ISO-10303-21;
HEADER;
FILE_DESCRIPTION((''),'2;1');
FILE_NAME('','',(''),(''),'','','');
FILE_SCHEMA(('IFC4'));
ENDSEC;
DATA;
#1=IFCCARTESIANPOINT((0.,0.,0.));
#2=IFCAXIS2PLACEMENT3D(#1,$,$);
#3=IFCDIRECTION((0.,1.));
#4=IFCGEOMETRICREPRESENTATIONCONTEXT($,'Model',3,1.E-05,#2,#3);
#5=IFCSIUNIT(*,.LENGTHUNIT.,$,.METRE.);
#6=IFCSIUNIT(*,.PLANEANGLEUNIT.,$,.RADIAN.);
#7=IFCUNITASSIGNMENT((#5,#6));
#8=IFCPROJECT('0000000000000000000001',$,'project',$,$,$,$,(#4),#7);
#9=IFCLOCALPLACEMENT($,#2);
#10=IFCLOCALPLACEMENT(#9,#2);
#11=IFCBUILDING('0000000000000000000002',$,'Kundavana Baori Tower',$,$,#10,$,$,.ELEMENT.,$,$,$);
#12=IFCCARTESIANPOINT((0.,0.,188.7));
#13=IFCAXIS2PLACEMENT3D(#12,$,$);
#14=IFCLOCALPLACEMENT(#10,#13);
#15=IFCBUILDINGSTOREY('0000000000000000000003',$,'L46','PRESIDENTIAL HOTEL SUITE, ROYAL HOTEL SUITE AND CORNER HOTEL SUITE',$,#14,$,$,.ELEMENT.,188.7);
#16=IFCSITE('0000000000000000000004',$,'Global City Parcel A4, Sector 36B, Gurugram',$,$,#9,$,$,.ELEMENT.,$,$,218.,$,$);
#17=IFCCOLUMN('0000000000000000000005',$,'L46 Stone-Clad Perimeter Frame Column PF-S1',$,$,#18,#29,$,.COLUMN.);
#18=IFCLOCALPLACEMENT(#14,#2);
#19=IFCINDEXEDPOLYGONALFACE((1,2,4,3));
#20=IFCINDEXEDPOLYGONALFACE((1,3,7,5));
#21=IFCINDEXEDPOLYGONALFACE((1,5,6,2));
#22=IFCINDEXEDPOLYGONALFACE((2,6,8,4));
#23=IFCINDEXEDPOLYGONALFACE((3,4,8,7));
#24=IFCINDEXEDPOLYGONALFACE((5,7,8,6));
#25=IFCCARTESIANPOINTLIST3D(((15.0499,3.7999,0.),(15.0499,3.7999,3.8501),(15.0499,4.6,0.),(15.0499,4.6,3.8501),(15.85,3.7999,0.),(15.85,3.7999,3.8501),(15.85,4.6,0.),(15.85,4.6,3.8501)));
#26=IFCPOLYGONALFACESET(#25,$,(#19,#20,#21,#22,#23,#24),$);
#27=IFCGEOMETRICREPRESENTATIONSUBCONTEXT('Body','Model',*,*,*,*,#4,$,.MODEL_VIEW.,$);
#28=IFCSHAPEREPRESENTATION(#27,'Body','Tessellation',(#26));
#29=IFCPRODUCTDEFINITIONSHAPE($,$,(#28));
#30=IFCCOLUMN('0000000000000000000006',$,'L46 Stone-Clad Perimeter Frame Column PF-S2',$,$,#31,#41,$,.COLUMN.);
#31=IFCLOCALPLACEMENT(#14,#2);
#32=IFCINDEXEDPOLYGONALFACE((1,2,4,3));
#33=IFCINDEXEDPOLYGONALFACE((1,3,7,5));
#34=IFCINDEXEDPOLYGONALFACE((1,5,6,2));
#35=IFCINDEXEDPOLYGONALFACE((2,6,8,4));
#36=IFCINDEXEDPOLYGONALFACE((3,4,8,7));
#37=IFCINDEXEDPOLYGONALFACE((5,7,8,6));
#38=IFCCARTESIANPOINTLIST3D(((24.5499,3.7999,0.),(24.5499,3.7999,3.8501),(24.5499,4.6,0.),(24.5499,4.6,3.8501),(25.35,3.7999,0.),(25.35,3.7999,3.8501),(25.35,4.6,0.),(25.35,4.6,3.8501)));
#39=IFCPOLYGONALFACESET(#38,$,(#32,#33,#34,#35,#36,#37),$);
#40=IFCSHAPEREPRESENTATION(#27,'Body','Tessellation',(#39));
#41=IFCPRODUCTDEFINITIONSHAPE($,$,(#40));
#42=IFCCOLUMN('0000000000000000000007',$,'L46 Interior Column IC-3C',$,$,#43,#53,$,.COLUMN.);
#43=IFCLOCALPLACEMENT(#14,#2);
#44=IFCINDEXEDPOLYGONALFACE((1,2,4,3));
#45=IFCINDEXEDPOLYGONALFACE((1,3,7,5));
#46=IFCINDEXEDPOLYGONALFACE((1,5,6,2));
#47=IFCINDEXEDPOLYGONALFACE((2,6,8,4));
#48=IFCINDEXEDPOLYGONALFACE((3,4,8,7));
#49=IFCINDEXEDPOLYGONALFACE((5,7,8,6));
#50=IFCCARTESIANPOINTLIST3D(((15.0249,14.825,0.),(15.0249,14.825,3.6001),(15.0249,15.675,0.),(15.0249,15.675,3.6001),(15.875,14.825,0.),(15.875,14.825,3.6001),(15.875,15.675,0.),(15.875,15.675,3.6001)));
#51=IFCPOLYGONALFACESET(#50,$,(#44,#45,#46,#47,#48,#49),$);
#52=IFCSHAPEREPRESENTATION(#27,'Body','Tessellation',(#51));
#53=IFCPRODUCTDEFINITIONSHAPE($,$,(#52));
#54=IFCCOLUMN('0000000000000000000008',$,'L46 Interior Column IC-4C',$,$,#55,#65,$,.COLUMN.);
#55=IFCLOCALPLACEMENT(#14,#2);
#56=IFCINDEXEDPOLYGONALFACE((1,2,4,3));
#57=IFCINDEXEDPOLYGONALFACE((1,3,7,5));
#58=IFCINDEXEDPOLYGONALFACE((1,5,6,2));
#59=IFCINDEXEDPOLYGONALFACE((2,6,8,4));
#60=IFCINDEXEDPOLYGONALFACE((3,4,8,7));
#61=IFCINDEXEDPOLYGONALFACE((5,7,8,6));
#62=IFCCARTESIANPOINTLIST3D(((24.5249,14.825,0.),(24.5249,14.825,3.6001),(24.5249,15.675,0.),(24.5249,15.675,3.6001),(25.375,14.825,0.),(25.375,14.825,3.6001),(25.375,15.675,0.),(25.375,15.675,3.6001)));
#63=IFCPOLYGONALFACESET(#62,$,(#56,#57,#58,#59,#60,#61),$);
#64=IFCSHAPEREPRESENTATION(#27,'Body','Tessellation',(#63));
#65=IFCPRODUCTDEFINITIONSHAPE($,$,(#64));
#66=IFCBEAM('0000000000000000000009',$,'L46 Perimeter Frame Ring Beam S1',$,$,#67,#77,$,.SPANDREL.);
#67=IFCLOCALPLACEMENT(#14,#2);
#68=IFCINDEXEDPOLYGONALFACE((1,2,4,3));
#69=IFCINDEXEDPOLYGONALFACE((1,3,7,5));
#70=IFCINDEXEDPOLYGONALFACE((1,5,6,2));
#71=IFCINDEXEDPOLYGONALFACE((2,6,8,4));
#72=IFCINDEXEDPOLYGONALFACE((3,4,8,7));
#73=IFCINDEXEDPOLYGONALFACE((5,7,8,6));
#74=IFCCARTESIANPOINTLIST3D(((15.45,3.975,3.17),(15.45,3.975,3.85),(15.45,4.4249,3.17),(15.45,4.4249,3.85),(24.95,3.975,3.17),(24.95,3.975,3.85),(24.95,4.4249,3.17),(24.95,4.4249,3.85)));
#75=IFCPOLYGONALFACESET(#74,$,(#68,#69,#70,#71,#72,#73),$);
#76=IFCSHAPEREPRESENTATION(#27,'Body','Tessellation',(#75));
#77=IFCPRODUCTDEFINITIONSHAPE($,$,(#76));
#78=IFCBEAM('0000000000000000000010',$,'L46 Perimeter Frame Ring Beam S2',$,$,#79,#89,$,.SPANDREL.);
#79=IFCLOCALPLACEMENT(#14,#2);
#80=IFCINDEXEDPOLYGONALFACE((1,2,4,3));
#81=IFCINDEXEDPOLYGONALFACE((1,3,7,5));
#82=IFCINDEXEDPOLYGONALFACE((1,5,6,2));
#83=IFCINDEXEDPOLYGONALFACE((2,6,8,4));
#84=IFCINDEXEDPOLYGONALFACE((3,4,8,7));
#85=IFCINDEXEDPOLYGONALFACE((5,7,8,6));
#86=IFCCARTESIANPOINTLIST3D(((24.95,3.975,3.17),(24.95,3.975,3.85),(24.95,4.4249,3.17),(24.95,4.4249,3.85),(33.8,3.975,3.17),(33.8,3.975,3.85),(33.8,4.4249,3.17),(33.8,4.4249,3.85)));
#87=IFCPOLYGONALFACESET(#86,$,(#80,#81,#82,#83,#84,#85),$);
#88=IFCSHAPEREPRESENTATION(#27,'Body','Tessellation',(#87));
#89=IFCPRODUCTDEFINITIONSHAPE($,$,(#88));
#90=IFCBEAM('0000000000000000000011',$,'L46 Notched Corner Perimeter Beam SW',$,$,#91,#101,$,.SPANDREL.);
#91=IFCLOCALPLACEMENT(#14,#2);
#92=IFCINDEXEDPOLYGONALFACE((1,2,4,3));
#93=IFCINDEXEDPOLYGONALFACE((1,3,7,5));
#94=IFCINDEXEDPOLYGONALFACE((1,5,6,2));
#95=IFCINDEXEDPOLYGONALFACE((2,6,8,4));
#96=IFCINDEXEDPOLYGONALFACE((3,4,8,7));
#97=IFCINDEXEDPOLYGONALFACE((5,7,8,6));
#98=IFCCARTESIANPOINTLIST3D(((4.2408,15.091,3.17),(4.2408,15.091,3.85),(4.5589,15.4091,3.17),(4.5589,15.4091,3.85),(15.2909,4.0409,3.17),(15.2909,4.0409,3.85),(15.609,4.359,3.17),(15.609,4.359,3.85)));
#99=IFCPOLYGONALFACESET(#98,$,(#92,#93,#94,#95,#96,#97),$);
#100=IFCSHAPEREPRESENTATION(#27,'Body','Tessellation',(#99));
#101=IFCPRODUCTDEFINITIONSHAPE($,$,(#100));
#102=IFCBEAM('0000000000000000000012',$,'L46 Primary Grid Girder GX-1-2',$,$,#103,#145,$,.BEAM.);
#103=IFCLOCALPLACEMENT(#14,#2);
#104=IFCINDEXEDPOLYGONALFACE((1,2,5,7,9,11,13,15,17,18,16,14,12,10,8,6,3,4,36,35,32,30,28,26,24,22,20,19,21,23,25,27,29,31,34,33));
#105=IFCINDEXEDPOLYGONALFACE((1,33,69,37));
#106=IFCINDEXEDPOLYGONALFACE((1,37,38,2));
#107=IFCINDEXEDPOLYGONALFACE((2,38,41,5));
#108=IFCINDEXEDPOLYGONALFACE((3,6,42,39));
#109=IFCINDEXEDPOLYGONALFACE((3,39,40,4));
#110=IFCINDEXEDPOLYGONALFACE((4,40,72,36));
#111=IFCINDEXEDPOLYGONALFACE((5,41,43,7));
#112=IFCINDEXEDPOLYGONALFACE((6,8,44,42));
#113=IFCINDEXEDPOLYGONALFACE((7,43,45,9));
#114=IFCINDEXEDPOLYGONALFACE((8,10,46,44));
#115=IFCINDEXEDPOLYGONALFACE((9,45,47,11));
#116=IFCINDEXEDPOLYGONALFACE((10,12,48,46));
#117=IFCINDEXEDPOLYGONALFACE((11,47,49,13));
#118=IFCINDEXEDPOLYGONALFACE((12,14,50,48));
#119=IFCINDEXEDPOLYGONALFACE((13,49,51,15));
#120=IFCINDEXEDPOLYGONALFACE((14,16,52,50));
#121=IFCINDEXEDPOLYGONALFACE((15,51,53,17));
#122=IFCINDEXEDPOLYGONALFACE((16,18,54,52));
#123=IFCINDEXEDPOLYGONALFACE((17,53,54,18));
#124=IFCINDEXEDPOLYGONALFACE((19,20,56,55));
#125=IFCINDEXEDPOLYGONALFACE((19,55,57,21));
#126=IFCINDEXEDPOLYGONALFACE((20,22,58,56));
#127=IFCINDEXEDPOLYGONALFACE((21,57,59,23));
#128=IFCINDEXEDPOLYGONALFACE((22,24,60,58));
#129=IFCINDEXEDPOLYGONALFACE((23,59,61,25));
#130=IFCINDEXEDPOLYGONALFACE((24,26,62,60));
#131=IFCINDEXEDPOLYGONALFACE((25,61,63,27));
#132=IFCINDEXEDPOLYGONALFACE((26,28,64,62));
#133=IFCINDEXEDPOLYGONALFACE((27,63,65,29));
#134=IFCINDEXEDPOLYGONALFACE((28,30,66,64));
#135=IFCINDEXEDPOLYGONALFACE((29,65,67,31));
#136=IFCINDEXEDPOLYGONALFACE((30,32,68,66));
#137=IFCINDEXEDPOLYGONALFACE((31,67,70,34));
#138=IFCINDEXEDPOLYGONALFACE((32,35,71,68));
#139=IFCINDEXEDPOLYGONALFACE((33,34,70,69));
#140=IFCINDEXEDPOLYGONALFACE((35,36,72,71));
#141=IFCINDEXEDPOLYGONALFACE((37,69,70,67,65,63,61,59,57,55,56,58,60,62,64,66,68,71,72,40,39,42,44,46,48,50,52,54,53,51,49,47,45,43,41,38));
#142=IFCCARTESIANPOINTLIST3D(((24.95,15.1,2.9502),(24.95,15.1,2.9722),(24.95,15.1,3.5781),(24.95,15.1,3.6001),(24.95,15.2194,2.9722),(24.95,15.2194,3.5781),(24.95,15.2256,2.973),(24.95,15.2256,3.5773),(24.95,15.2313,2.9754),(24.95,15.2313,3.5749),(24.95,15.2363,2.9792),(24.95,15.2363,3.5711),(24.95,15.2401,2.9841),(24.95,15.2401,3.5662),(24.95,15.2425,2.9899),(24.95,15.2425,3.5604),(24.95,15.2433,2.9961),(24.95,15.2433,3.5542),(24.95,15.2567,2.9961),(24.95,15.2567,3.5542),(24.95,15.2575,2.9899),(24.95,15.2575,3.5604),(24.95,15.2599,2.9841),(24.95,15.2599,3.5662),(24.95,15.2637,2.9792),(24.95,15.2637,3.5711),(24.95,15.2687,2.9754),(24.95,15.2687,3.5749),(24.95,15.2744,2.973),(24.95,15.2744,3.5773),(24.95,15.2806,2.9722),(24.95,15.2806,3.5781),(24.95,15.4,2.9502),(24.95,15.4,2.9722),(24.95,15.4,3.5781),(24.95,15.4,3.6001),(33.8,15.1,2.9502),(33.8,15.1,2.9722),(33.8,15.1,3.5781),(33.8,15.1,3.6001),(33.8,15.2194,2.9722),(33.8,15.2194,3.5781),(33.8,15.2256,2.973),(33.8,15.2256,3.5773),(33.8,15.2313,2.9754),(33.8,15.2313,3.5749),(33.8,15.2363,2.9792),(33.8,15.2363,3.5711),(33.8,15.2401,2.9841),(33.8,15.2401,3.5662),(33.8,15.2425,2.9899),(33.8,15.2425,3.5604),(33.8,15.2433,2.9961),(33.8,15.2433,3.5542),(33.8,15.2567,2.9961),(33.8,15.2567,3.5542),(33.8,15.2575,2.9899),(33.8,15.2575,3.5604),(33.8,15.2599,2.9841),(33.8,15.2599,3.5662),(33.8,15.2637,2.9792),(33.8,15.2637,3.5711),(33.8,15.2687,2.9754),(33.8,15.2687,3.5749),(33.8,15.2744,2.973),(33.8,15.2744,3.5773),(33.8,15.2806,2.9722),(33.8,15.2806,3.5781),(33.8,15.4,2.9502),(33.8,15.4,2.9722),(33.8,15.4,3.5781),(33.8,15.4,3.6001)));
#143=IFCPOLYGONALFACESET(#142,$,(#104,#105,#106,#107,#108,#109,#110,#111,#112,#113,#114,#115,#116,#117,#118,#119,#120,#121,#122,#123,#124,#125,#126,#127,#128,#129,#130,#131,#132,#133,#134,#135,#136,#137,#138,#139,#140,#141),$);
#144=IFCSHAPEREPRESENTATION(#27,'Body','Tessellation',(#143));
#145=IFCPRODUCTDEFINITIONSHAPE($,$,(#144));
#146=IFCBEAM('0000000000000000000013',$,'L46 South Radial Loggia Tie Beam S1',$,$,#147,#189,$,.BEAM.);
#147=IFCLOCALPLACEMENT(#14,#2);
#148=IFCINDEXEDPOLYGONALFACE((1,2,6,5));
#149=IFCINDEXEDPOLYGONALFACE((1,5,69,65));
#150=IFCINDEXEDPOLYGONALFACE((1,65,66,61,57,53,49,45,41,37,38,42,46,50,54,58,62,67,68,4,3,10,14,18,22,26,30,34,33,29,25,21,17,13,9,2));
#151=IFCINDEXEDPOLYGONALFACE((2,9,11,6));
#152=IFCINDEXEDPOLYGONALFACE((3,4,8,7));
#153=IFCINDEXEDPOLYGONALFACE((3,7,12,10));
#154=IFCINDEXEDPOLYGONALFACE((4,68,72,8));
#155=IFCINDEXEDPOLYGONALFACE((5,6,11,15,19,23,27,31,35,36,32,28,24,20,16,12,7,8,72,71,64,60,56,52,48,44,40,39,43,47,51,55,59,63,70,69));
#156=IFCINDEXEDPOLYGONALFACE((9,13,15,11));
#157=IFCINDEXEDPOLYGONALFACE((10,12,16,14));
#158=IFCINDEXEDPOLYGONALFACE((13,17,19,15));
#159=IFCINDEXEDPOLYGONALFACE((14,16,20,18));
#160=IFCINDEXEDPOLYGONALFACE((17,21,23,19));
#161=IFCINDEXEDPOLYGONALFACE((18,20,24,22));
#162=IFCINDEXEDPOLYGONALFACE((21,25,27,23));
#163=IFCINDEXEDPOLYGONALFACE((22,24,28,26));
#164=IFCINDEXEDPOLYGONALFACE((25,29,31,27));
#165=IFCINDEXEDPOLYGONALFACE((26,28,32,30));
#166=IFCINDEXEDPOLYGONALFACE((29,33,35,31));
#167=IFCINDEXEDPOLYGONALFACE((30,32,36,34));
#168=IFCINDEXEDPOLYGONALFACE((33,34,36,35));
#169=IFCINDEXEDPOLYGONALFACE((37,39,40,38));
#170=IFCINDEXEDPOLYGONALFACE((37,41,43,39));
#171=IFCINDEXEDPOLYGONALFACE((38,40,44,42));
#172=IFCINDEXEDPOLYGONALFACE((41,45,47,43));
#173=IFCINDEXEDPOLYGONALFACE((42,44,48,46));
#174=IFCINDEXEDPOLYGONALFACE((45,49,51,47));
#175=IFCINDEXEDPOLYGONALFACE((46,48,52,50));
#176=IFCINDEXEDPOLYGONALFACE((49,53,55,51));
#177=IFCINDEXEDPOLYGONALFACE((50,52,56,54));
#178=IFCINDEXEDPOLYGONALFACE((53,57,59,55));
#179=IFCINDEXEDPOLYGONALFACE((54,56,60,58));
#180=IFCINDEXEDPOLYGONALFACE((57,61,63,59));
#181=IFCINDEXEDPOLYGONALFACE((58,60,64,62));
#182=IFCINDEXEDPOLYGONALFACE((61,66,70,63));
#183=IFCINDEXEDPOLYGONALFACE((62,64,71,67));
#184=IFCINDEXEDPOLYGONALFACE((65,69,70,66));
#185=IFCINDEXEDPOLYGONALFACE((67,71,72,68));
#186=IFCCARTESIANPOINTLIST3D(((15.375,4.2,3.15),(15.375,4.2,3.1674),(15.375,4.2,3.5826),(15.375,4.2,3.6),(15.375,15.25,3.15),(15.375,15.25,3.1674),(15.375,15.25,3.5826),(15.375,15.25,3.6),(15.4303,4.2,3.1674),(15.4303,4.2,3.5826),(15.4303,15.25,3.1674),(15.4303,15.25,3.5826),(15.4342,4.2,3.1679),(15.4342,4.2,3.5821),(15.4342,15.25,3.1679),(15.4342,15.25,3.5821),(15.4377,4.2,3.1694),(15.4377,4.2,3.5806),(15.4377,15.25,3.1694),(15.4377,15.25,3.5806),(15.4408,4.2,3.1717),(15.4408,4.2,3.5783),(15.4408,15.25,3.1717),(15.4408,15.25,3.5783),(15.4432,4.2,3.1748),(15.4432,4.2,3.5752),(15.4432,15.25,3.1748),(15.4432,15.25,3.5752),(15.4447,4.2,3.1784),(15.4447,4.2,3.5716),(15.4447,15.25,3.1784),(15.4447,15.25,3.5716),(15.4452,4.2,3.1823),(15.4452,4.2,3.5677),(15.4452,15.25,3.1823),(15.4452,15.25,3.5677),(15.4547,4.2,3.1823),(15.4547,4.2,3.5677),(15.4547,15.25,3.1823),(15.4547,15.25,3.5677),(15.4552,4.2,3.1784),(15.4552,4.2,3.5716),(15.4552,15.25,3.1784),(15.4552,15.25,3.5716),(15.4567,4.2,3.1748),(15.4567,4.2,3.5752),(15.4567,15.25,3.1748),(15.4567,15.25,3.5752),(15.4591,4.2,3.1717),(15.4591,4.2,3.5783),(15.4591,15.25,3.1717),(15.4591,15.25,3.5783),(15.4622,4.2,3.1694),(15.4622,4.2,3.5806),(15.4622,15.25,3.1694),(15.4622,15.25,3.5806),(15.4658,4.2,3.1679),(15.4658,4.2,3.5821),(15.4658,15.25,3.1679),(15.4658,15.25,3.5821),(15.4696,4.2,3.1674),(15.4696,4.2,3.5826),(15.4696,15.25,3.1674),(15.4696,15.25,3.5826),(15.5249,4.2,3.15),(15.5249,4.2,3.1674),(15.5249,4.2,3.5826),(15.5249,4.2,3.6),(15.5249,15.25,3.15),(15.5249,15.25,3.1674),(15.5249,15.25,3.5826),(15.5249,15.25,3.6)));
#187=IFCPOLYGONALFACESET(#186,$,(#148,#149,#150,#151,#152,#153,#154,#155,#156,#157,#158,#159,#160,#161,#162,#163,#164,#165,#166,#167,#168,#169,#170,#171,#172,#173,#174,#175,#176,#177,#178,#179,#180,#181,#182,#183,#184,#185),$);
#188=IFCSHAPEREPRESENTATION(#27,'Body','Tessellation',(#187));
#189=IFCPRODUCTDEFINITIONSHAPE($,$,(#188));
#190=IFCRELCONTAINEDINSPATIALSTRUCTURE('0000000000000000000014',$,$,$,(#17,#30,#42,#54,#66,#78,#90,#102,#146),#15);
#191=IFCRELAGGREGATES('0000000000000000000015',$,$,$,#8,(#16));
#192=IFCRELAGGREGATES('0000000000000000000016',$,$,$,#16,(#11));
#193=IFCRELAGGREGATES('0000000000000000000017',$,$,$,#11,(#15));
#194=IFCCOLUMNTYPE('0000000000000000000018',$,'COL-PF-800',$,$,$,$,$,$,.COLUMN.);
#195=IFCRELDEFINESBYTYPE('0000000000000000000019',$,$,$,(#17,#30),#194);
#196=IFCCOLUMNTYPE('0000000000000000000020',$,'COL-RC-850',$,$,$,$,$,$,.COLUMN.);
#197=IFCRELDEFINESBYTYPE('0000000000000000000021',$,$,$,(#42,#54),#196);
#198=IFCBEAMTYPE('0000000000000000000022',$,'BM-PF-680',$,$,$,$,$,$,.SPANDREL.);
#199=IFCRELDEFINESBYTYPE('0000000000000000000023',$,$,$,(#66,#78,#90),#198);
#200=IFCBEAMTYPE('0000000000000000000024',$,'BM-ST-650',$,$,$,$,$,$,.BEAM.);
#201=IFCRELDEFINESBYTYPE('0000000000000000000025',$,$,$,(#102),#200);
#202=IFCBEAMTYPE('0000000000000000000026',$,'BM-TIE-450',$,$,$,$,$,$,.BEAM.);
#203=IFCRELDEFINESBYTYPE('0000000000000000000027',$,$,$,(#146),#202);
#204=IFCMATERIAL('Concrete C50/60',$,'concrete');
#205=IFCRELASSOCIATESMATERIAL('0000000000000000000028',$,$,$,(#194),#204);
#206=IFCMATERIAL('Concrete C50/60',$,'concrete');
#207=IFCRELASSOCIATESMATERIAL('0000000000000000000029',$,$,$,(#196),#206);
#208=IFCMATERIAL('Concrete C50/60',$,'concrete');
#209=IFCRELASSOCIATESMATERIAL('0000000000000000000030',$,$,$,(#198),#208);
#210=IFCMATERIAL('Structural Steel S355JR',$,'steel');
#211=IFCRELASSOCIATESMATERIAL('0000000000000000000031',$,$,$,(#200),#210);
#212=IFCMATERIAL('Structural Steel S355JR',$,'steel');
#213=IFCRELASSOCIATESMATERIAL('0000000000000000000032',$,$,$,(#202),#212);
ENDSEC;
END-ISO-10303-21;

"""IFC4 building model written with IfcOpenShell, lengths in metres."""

from ifc_helpers import new_model, si_unit, direction, frame, origin, origin_2d, place, context, subcontext, project, spatial, rectangle, i_section, extrude, material, material_profile, profile_set, type_object, element, save


model = new_model("IFC4")

# Units and contexts
model_context = context("Model", 3, precision=1e-05, world=origin(), true_north=direction((0.0, 1.0)))
body_context = subcontext(model_context, "Body", "Model", "MODEL_VIEW")
ifc_project = project(units=[si_unit("LENGTHUNIT", "METRE"), si_unit("PLANEANGLEUNIT", "RADIAN")], contexts=[model_context])

# Site, building, storey
site_placement = place(None, origin())
site = spatial("IfcSite", under=ifc_project, at=site_placement, Name="Global City Parcel A4, Sector 36B, Gurugram", CompositionType="ELEMENT", RefElevation=218.0)
building_placement = place(site_placement, origin())
building = spatial("IfcBuilding", under=site, at=building_placement, Name="Kundavana Baori Tower", CompositionType="ELEMENT")
storey_placement = place(building_placement, frame((0.0, 0.0, 188.7)))
storey = spatial("IfcBuildingStorey", under=building, at=storey_placement, Name="L46", Description="PRESIDENTIAL HOTEL SUITE, ROYAL HOTEL SUITE AND CORNER HOTEL SUITE", CompositionType="ELEMENT", Elevation=188.7)

# Columns
ifc_material_1 = material(Name="Concrete C50/60", Category="concrete")
ifc_material_profile_1 = material_profile(ifc_material_1, rectangle(XDim=0.8, YDim=0.8, at=origin_2d()), Name="RC PF 800x800")
ifc_profile_set_1 = profile_set([ifc_material_profile_1], Name="Concrete C50/60")
column_type_1 = type_object("IfcColumnType", Name="COL-PF-800", PredefinedType="COLUMN", material=ifc_profile_set_1)
for number, where, z_axis, x_axis, name in (
    (1, (15.45, 4.2, 0.0), (0.0, 0.0, 1.0), (1.0, 0.0, 0.0), "L46 Stone-Clad Perimeter Frame Column PF-S1"),
    (2, (24.95, 4.2, 0.0), (0.0, 0.0, 1.0), (1.0, 0.0, 0.0), "L46 Stone-Clad Perimeter Frame Column PF-S2"),
):
    element("IfcColumn", number, at=place(storey_placement, frame(where, z_axis=z_axis, x_axis=x_axis)), inside=storey, type_object=column_type_1, Name=name, PredefinedType="COLUMN", context=body_context, shape_type="SweptSolid", body=[
        extrude(rectangle(XDim=0.8, YDim=0.8, at=origin_2d()), origin(), (0.0, 0.0, 1.0), 3.8501),
    ])
ifc_material_2 = material(Name="Concrete C50/60", Category="concrete")
ifc_material_profile_2 = material_profile(ifc_material_2, rectangle(XDim=0.8501, YDim=0.8501, at=origin_2d()), Name="RC 850x850")
ifc_profile_set_2 = profile_set([ifc_material_profile_2], Name="Concrete C50/60")
column_type_2 = type_object("IfcColumnType", Name="COL-RC-850", PredefinedType="COLUMN", material=ifc_profile_set_2)
for number, where, z_axis, x_axis, name in (
    (3, (15.45, 15.25, 0.0), (0.0, 0.0, 1.0), (1.0, 0.0, 0.0), "L46 Interior Column IC-3C"),
    (4, (24.95, 15.25, 0.0), (0.0, 0.0, 1.0), (1.0, 0.0, 0.0), "L46 Interior Column IC-4C"),
):
    element("IfcColumn", number, at=place(storey_placement, frame(where, z_axis=z_axis, x_axis=x_axis)), inside=storey, type_object=column_type_2, Name=name, PredefinedType="COLUMN", context=body_context, shape_type="SweptSolid", body=[
        extrude(rectangle(XDim=0.8501, YDim=0.8501, at=origin_2d()), origin(), (0.0, 0.0, 1.0), 3.6001),
    ])

# Beams
ifc_material_3 = material(Name="Concrete C50/60", Category="concrete")
ifc_material_profile_3 = material_profile(ifc_material_3, rectangle(XDim=0.45, YDim=0.6799, at=origin_2d()), Name="RC BM 450x680")
ifc_profile_set_3 = profile_set([ifc_material_profile_3], Name="Concrete C50/60")
beam_type_1 = type_object("IfcBeamType", Name="BM-PF-680", PredefinedType="SPANDREL", material=ifc_profile_set_3)
beam_1_placement = place(storey_placement, frame((15.45, 4.2, 3.51), z_axis=(1.0, 0.0, 0.0), x_axis=(0.0, 1.0, 0.0)))
element("IfcBeam", 5, at=beam_1_placement, inside=storey, type_object=beam_type_1, Name="L46 Perimeter Frame Ring Beam S1", PredefinedType="SPANDREL", context=body_context, shape_type="SweptSolid", body=[
    extrude(rectangle(XDim=0.45, YDim=0.6799, at=origin_2d()), origin(), (0.0, 0.0, 1.0), 9.5),
])
beam_2_placement = place(storey_placement, frame((24.95, 4.2, 3.51), z_axis=(1.0, 0.0, 0.0), x_axis=(0.0, 1.0, 0.0)))
element("IfcBeam", 6, at=beam_2_placement, inside=storey, type_object=beam_type_1, Name="L46 Perimeter Frame Ring Beam S2", PredefinedType="SPANDREL", context=body_context, shape_type="SweptSolid", body=[
    extrude(rectangle(XDim=0.45, YDim=0.6799, at=origin_2d()), origin(), (0.0, 0.0, 1.0), 8.8501),
])
beam_3_placement = place(storey_placement, frame((15.45, 4.2, 3.51), z_axis=(-0.707107, 0.707107, 0.0), x_axis=(-0.707107, -0.707107, 0.0)))
element("IfcBeam", 7, at=beam_3_placement, inside=storey, type_object=beam_type_1, Name="L46 Notched Corner Perimeter Beam SW", PredefinedType="SPANDREL", context=body_context, shape_type="SweptSolid", body=[
    extrude(rectangle(XDim=0.45, YDim=0.6799, at=origin_2d()), origin(), (0.0, 0.0, 1.0), 15.6272),
])
ifc_material_4 = material(Name="Structural Steel S355JR", Category="steel")
ifc_material_profile_4 = material_profile(ifc_material_4, i_section(OverallWidth=0.3, OverallDepth=0.6499, WebThickness=0.0134, FlangeThickness=0.022, FilletRadius=0.0239, at=origin_2d()), Name="NPB 650x300x155")
ifc_profile_set_4 = profile_set([ifc_material_profile_4], Name="Structural Steel S355JR")
beam_type_2 = type_object("IfcBeamType", Name="BM-ST-650", PredefinedType="BEAM", material=ifc_profile_set_4)
beam_4_placement = place(storey_placement, frame((24.95, 15.25, 3.2751), z_axis=(1.0, 0.0, 0.0), x_axis=(0.0, 1.0, 0.0)))
element("IfcBeam", 8, at=beam_4_placement, inside=storey, type_object=beam_type_2, Name="L46 Primary Grid Girder GX-1-2", PredefinedType="BEAM", context=body_context, shape_type="SweptSolid", body=[
    extrude(i_section(OverallWidth=0.3, OverallDepth=0.6499, WebThickness=0.0134, FlangeThickness=0.022, FilletRadius=0.0239, at=origin_2d()), origin(), (0.0, 0.0, 1.0), 8.8501),
])
ifc_material_5 = material(Name="Structural Steel S355JR", Category="steel")
ifc_material_profile_5 = material_profile(ifc_material_5, i_section(OverallWidth=0.1499, OverallDepth=0.45, WebThickness=0.0095, FlangeThickness=0.0173, FilletRadius=0.0149, at=origin_2d()), Name="ISMB 450")
ifc_profile_set_5 = profile_set([ifc_material_profile_5], Name="Structural Steel S355JR")
beam_type_3 = type_object("IfcBeamType", Name="BM-TIE-450", PredefinedType="BEAM", material=ifc_profile_set_5)
for number, where, z_axis, x_axis, name in (
    (9, (15.45, 15.25, 3.375), (0.0, -1.0, 0.0), (1.0, 0.0, 0.0), "L46 South Radial Loggia Tie Beam S1"),
):
    element("IfcBeam", number, at=place(storey_placement, frame(where, z_axis=z_axis, x_axis=x_axis)), inside=storey, type_object=beam_type_3, Name=name, PredefinedType="BEAM", context=body_context, shape_type="SweptSolid", body=[
        extrude(i_section(OverallWidth=0.1499, OverallDepth=0.45, WebThickness=0.0095, FlangeThickness=0.0173, FilletRadius=0.0149, at=origin_2d()), origin(), (0.0, 0.0, 1.0), 11.05),
    ])

save(model, "model.ifc")
